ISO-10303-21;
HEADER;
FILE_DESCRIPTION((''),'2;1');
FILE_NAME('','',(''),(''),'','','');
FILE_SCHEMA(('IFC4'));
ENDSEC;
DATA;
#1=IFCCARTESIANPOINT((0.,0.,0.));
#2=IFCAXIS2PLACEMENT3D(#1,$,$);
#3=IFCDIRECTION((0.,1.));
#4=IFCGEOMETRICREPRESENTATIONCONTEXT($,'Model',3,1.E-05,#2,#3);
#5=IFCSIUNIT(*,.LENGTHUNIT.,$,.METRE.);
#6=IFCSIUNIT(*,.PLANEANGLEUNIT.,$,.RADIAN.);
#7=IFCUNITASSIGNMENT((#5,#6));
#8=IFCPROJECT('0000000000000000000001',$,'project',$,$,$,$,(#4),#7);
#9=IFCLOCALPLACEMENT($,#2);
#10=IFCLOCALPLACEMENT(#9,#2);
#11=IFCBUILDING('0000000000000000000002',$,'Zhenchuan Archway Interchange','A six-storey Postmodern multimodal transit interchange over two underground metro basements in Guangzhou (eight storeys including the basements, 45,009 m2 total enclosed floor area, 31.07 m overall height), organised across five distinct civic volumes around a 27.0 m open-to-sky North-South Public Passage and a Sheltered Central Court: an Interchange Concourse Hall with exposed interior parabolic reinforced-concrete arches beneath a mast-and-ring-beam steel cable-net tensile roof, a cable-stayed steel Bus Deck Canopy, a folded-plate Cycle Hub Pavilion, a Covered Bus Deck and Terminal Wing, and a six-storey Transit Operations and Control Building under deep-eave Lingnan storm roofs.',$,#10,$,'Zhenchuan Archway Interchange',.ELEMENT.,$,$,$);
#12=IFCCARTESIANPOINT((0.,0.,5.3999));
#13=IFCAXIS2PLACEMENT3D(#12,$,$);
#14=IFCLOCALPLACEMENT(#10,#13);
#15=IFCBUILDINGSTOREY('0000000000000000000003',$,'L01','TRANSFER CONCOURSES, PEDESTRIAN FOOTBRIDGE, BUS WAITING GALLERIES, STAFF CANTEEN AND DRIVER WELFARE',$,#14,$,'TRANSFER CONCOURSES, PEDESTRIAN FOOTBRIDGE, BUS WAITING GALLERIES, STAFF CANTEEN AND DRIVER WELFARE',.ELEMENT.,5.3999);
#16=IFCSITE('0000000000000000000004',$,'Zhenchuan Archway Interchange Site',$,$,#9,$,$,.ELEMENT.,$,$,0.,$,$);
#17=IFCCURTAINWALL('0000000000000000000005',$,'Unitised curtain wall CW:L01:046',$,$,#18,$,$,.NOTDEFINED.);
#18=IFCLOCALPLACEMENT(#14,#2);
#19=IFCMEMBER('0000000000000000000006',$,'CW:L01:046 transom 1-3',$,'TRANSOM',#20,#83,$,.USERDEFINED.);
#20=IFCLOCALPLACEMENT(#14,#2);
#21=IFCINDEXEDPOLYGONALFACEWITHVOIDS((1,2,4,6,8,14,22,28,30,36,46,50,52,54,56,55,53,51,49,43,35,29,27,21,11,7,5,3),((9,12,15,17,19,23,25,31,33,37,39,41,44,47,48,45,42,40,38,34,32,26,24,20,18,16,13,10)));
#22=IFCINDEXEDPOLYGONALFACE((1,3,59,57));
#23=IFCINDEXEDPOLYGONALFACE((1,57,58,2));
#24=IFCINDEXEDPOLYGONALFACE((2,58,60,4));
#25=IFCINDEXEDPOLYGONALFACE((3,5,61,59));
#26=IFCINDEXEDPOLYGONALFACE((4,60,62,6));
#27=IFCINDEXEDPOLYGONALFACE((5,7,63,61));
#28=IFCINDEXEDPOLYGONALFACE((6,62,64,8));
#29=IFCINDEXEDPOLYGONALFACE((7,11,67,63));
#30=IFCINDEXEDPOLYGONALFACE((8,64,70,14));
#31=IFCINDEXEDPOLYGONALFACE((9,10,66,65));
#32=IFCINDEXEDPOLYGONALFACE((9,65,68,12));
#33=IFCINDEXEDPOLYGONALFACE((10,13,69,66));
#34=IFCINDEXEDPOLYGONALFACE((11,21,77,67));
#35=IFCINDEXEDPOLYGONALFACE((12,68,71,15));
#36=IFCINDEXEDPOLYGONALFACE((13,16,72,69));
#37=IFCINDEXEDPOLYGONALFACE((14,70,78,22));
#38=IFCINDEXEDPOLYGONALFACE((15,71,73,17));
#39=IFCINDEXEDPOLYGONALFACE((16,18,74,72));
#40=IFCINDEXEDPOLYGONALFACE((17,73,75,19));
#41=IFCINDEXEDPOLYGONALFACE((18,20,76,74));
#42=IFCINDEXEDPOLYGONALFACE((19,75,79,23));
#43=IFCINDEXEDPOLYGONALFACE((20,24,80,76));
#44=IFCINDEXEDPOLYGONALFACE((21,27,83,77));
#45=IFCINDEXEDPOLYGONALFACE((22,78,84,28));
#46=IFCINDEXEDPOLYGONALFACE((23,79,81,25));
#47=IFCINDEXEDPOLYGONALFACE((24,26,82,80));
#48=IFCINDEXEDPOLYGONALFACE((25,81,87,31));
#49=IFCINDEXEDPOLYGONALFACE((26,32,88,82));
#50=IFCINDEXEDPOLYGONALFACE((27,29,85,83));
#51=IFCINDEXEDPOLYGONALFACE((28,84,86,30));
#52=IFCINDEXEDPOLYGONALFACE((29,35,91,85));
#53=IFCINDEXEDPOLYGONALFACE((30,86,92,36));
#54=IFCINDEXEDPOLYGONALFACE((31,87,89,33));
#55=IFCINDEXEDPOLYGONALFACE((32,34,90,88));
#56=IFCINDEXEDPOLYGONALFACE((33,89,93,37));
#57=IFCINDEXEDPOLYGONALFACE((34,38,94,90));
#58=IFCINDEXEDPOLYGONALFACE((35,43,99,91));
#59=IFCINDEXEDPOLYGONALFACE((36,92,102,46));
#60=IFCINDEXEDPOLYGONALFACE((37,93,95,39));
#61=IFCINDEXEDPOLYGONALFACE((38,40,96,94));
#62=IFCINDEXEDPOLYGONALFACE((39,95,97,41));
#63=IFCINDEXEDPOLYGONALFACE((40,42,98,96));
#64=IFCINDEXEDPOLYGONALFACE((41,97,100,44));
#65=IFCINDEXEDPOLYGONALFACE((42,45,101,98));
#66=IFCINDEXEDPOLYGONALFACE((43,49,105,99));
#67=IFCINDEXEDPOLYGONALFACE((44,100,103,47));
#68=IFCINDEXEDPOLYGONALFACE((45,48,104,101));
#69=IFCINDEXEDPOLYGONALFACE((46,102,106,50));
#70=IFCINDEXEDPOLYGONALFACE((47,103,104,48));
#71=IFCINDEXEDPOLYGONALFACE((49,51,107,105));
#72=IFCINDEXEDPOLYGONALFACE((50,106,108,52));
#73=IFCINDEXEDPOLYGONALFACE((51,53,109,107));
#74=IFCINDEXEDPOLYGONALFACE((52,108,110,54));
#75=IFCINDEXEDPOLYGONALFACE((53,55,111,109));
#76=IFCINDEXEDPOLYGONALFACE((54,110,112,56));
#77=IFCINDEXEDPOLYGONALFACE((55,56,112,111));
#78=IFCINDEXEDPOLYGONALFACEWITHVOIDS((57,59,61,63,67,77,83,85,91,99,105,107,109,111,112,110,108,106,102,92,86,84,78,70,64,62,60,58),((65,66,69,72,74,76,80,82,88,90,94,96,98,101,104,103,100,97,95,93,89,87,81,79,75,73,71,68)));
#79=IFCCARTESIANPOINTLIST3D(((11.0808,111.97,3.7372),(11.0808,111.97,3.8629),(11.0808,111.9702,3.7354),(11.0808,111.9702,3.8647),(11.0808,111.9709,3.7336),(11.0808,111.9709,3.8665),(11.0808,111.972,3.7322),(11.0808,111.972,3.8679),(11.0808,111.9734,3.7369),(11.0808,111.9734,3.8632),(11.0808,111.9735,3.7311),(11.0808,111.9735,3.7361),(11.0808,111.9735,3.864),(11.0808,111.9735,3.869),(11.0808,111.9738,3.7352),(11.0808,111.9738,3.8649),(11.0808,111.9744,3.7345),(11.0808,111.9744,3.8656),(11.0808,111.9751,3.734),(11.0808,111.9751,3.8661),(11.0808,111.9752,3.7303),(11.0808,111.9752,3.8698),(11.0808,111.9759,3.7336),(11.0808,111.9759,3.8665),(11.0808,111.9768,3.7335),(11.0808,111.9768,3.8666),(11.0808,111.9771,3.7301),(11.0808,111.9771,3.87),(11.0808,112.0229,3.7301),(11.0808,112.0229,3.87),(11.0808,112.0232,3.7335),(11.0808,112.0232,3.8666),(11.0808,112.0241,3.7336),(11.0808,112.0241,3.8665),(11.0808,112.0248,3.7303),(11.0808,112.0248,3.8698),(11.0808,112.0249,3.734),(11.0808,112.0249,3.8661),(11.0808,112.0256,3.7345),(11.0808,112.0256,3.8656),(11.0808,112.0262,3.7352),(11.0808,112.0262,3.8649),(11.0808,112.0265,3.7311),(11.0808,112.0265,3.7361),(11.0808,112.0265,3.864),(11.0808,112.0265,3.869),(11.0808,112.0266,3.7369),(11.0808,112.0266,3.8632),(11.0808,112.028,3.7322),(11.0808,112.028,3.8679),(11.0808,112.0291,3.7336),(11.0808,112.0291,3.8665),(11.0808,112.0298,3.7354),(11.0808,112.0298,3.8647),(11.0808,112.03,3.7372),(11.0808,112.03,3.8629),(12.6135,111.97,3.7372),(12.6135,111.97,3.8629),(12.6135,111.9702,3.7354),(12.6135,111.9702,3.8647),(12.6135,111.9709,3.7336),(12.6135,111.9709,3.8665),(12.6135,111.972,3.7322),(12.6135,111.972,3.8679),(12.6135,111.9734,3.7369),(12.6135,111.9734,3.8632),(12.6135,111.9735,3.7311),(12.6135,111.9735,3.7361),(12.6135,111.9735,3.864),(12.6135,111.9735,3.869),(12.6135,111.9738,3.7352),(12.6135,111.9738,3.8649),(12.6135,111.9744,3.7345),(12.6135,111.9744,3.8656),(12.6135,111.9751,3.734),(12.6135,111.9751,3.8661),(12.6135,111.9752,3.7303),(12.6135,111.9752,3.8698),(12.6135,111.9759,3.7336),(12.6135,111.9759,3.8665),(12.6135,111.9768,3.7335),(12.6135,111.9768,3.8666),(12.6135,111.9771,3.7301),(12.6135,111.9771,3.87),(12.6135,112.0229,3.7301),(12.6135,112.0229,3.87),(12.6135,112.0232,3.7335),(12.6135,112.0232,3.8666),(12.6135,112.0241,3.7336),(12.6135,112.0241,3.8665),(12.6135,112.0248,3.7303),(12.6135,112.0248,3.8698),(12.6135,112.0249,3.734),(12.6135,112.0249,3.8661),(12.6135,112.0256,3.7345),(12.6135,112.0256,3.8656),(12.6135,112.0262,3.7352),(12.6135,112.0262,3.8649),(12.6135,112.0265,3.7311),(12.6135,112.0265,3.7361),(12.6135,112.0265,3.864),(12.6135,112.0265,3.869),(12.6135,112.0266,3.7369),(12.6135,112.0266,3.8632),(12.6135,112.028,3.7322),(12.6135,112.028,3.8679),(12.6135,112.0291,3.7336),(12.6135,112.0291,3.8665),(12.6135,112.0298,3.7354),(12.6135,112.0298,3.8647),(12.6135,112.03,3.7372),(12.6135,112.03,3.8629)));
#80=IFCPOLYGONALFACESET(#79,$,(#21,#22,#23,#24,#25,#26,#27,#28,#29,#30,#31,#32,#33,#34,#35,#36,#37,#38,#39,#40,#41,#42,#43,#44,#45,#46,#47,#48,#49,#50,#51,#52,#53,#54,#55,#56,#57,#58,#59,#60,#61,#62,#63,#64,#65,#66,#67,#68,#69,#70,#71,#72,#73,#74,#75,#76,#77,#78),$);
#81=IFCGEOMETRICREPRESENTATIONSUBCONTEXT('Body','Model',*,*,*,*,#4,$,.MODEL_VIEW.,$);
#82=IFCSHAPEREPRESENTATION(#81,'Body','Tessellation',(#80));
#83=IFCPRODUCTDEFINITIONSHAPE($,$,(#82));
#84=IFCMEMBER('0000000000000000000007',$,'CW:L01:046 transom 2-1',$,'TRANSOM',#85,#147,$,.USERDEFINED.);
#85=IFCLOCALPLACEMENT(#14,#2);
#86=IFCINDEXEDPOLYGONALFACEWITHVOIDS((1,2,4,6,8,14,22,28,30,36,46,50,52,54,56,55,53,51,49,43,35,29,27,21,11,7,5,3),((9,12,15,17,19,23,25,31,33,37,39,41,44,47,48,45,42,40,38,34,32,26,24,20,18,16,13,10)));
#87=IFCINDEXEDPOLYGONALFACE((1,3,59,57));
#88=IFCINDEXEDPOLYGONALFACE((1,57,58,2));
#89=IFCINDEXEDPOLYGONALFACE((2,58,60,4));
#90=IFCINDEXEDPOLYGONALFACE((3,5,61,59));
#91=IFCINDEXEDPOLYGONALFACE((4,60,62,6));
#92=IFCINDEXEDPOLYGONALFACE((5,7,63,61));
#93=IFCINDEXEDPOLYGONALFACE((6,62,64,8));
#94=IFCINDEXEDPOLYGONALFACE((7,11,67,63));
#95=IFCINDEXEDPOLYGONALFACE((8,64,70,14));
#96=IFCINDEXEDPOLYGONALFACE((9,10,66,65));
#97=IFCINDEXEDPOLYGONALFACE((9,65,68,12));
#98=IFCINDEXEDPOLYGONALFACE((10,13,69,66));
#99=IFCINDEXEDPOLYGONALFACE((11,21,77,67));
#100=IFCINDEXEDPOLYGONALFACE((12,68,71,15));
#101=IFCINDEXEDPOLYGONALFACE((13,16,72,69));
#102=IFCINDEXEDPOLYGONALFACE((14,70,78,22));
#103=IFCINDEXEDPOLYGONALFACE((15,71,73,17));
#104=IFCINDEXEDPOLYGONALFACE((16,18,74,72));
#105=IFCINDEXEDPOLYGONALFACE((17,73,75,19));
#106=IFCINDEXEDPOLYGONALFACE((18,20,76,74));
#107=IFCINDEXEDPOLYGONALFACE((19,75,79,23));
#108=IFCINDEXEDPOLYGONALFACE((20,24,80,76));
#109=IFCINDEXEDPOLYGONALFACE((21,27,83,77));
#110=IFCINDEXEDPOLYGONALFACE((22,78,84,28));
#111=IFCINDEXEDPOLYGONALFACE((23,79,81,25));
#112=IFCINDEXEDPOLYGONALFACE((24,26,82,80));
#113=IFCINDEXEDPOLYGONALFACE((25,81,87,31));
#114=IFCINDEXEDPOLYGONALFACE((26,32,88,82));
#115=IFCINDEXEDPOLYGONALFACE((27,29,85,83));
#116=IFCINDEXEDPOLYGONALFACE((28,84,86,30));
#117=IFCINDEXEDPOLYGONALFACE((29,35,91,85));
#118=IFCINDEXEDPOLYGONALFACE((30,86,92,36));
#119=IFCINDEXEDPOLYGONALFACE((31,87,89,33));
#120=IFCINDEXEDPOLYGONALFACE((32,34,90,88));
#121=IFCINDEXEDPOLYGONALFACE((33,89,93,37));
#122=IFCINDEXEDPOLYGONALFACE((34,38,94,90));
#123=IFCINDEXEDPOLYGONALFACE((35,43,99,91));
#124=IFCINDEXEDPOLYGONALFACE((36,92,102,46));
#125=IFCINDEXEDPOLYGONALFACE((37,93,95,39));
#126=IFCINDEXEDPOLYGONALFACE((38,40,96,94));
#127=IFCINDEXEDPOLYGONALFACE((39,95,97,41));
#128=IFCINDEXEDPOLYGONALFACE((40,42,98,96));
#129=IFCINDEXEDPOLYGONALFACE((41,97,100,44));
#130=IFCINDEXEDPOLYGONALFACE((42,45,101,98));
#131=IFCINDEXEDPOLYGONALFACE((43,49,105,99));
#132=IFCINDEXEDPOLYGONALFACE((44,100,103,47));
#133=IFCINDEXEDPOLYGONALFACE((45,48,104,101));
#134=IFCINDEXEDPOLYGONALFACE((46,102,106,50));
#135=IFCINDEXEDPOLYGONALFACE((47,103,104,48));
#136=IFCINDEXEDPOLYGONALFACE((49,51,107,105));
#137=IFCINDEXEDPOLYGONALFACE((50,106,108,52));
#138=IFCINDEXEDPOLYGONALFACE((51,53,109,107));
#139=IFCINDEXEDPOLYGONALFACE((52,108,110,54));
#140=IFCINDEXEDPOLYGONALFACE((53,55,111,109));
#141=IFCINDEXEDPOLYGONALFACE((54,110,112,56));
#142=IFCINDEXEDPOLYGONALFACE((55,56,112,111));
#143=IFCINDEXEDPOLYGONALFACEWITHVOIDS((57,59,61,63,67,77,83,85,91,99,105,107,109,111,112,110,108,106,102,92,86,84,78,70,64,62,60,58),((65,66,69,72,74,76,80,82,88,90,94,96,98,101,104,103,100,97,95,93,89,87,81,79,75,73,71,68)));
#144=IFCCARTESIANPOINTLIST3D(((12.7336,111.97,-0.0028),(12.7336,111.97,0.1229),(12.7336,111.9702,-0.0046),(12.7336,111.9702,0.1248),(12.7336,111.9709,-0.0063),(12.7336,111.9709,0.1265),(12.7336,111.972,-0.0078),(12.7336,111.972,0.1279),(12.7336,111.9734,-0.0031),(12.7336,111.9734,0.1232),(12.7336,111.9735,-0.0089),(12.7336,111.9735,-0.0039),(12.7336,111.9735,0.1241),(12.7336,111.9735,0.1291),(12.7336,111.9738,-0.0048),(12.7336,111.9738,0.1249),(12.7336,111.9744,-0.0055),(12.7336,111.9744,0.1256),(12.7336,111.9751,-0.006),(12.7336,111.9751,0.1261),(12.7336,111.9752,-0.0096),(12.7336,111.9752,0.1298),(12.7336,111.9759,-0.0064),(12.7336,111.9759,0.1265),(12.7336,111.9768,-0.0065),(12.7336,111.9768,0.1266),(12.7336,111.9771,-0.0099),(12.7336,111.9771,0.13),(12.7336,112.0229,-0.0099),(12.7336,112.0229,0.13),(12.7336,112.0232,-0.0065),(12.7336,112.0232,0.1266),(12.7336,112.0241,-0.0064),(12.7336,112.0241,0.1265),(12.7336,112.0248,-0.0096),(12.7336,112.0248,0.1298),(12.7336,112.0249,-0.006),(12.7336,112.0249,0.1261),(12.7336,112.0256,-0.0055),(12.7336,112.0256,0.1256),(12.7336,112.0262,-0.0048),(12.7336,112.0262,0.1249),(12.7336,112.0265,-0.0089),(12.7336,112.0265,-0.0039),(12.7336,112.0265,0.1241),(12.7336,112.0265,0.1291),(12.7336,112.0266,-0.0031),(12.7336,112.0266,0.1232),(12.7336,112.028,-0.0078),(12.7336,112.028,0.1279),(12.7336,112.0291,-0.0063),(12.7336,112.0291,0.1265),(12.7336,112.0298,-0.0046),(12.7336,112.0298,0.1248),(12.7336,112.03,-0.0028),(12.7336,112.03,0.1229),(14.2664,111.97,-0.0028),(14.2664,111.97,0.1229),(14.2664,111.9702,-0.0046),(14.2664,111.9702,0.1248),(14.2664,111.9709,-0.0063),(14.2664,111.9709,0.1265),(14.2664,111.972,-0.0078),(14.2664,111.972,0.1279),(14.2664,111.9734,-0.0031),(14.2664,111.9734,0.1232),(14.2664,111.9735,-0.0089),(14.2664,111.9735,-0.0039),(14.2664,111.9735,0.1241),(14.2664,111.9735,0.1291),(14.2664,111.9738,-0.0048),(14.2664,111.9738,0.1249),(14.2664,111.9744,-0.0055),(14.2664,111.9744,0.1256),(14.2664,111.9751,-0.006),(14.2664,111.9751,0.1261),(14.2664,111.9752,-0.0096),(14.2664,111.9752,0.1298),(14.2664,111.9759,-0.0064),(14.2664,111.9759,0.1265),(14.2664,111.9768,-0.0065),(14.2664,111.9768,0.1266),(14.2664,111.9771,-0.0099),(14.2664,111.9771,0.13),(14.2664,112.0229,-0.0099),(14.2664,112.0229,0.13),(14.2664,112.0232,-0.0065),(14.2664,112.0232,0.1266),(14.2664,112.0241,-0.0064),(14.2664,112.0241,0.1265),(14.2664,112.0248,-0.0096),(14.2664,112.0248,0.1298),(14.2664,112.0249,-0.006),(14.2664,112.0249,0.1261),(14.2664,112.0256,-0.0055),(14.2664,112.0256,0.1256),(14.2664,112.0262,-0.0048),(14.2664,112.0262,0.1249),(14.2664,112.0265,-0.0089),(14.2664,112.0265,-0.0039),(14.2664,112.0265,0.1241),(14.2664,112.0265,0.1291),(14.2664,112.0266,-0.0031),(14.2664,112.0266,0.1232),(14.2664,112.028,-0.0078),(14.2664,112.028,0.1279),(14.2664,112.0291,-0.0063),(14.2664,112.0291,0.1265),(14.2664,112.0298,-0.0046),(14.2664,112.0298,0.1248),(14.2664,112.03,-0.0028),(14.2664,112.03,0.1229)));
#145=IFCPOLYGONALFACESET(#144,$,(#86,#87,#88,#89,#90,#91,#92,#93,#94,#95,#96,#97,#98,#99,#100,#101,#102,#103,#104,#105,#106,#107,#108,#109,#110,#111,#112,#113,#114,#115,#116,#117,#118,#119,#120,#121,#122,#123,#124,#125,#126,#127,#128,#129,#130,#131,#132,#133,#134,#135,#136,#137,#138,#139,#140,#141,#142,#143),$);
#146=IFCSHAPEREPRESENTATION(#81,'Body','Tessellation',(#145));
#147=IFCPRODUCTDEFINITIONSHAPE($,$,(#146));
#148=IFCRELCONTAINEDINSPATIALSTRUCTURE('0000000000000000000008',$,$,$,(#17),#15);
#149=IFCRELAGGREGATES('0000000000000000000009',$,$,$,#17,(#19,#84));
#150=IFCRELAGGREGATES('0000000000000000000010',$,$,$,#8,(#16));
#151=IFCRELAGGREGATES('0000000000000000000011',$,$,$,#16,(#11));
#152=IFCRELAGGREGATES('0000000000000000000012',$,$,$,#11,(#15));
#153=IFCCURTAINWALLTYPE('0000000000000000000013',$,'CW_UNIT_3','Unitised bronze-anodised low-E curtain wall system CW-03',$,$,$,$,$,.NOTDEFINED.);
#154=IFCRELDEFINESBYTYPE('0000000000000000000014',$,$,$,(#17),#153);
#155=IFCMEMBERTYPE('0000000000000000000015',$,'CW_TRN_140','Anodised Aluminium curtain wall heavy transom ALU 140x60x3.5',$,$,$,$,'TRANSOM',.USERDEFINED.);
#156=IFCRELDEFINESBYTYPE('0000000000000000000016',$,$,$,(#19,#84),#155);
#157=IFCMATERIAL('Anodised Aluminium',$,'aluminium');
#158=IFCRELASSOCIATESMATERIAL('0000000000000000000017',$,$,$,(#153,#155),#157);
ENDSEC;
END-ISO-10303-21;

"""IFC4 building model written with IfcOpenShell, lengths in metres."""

from ifc_helpers import new_model, si_unit, direction, frame, origin, origin_2d, place, context, subcontext, project, spatial, hollow_rectangle, extrude, material, material_profile, profile_set, type_object, element, aggregate, save


model = new_model("IFC4")

# Units and contexts
model_context = context("Model", 3, precision=1e-05, world=origin(), true_north=direction((0.0, 1.0)))
body_context = subcontext(model_context, "Body", "Model", "MODEL_VIEW")
ifc_project = project(units=[si_unit("LENGTHUNIT", "METRE"), si_unit("PLANEANGLEUNIT", "RADIAN")], contexts=[model_context])

# Site, building, storey
site_placement = place(None, origin())
site = spatial("IfcSite", under=ifc_project, at=site_placement, Name="Zhenchuan Archway Interchange Site", CompositionType="ELEMENT", RefElevation=0.0)
building_placement = place(site_placement, origin())
building = spatial("IfcBuilding", under=site, at=building_placement, Name="Zhenchuan Archway Interchange", Description="A six-storey Postmodern multimodal transit interchange over two underground metro basements in Guangzhou (eight storeys including the basements, 45,009 m2 total enclosed floor area, 31.07 m overall height), organised across five distinct civic volumes around a 27.0 m open-to-sky North-South Public Passage and a Sheltered Central Court: an Interchange Concourse Hall with exposed interior parabolic reinforced-concrete arches beneath a mast-and-ring-beam steel cable-net tensile roof, a cable-stayed steel Bus Deck Canopy, a folded-plate Cycle Hub Pavilion, a Covered Bus Deck and Terminal Wing, and a six-storey Transit Operations and Control Building under deep-eave Lingnan storm roofs.", LongName="Zhenchuan Archway Interchange", CompositionType="ELEMENT")
storey_placement = place(building_placement, frame((0.0, 0.0, 5.3999)))
storey = spatial("IfcBuildingStorey", under=building, at=storey_placement, Name="L01", Description="TRANSFER CONCOURSES, PEDESTRIAN FOOTBRIDGE, BUS WAITING GALLERIES, STAFF CANTEEN AND DRIVER WELFARE", LongName="TRANSFER CONCOURSES, PEDESTRIAN FOOTBRIDGE, BUS WAITING GALLERIES, STAFF CANTEEN AND DRIVER WELFARE", CompositionType="ELEMENT", Elevation=5.3999)

# Curtain wall, members
ifc_material_1 = material(Name="Anodised Aluminium", Category="aluminium")
curtain_wall_type = type_object("IfcCurtainWallType", Name="CW_UNIT_3", Description="Unitised bronze-anodised low-E curtain wall system CW-03", PredefinedType="NOTDEFINED", material=ifc_material_1)
curtain_wall_placement = place(storey_placement, origin())
curtain_wall = element("IfcCurtainWall", 1, at=curtain_wall_placement, inside=storey, type_object=curtain_wall_type, Name="Unitised curtain wall CW:L01:046", PredefinedType="NOTDEFINED")
ifc_material_profile_1 = material_profile(ifc_material_1, hollow_rectangle(XDim=0.0601, YDim=0.1399, WallThickness=0.0034, InnerFilletRadius=0.0034, OuterFilletRadius=0.0071, at=origin_2d()), Name="ALU 140x60x3.5")
ifc_profile_set_1 = profile_set([ifc_material_profile_1], Name="Anodised Aluminium")
member_type_1 = type_object("IfcMemberType", Name="CW_TRN_140", Description="Anodised Aluminium curtain wall heavy transom ALU 140x60x3.5", ElementType="TRANSOM", PredefinedType="USERDEFINED", material=ifc_profile_set_1)
member_1_placement = place(storey_placement, frame((11.0808, 112.0, 3.8), z_axis=(1.0, 0.0, 0.0), x_axis=(0.0, 1.0, 0.0)))
member_1 = element("IfcMember", 2, at=member_1_placement, type_object=member_type_1, Name="CW:L01:046 transom 1-3", ObjectType="TRANSOM", PredefinedType="USERDEFINED", context=body_context, shape_type="SweptSolid", body=[
    extrude(hollow_rectangle(XDim=0.0601, YDim=0.1399, WallThickness=0.0034, InnerFilletRadius=0.0034, OuterFilletRadius=0.0071, at=origin_2d()), origin(), (0.0, 0.0, 1.0), 1.5327),
])
member_2_placement = place(storey_placement, frame((12.7336, 112.0, 0.0601), z_axis=(1.0, 0.0, 0.0), x_axis=(0.0, 1.0, 0.0)))
member_2 = element("IfcMember", 3, at=member_2_placement, type_object=member_type_1, Name="CW:L01:046 transom 2-1", ObjectType="TRANSOM", PredefinedType="USERDEFINED", context=body_context, shape_type="SweptSolid", body=[
    extrude(hollow_rectangle(XDim=0.0601, YDim=0.1399, WallThickness=0.0034, InnerFilletRadius=0.0034, OuterFilletRadius=0.0071, at=origin_2d()), origin(), (0.0, 0.0, 1.0), 1.5327),
])
aggregate(curtain_wall, [member_1, member_2])

save(model, "model.ifc")
